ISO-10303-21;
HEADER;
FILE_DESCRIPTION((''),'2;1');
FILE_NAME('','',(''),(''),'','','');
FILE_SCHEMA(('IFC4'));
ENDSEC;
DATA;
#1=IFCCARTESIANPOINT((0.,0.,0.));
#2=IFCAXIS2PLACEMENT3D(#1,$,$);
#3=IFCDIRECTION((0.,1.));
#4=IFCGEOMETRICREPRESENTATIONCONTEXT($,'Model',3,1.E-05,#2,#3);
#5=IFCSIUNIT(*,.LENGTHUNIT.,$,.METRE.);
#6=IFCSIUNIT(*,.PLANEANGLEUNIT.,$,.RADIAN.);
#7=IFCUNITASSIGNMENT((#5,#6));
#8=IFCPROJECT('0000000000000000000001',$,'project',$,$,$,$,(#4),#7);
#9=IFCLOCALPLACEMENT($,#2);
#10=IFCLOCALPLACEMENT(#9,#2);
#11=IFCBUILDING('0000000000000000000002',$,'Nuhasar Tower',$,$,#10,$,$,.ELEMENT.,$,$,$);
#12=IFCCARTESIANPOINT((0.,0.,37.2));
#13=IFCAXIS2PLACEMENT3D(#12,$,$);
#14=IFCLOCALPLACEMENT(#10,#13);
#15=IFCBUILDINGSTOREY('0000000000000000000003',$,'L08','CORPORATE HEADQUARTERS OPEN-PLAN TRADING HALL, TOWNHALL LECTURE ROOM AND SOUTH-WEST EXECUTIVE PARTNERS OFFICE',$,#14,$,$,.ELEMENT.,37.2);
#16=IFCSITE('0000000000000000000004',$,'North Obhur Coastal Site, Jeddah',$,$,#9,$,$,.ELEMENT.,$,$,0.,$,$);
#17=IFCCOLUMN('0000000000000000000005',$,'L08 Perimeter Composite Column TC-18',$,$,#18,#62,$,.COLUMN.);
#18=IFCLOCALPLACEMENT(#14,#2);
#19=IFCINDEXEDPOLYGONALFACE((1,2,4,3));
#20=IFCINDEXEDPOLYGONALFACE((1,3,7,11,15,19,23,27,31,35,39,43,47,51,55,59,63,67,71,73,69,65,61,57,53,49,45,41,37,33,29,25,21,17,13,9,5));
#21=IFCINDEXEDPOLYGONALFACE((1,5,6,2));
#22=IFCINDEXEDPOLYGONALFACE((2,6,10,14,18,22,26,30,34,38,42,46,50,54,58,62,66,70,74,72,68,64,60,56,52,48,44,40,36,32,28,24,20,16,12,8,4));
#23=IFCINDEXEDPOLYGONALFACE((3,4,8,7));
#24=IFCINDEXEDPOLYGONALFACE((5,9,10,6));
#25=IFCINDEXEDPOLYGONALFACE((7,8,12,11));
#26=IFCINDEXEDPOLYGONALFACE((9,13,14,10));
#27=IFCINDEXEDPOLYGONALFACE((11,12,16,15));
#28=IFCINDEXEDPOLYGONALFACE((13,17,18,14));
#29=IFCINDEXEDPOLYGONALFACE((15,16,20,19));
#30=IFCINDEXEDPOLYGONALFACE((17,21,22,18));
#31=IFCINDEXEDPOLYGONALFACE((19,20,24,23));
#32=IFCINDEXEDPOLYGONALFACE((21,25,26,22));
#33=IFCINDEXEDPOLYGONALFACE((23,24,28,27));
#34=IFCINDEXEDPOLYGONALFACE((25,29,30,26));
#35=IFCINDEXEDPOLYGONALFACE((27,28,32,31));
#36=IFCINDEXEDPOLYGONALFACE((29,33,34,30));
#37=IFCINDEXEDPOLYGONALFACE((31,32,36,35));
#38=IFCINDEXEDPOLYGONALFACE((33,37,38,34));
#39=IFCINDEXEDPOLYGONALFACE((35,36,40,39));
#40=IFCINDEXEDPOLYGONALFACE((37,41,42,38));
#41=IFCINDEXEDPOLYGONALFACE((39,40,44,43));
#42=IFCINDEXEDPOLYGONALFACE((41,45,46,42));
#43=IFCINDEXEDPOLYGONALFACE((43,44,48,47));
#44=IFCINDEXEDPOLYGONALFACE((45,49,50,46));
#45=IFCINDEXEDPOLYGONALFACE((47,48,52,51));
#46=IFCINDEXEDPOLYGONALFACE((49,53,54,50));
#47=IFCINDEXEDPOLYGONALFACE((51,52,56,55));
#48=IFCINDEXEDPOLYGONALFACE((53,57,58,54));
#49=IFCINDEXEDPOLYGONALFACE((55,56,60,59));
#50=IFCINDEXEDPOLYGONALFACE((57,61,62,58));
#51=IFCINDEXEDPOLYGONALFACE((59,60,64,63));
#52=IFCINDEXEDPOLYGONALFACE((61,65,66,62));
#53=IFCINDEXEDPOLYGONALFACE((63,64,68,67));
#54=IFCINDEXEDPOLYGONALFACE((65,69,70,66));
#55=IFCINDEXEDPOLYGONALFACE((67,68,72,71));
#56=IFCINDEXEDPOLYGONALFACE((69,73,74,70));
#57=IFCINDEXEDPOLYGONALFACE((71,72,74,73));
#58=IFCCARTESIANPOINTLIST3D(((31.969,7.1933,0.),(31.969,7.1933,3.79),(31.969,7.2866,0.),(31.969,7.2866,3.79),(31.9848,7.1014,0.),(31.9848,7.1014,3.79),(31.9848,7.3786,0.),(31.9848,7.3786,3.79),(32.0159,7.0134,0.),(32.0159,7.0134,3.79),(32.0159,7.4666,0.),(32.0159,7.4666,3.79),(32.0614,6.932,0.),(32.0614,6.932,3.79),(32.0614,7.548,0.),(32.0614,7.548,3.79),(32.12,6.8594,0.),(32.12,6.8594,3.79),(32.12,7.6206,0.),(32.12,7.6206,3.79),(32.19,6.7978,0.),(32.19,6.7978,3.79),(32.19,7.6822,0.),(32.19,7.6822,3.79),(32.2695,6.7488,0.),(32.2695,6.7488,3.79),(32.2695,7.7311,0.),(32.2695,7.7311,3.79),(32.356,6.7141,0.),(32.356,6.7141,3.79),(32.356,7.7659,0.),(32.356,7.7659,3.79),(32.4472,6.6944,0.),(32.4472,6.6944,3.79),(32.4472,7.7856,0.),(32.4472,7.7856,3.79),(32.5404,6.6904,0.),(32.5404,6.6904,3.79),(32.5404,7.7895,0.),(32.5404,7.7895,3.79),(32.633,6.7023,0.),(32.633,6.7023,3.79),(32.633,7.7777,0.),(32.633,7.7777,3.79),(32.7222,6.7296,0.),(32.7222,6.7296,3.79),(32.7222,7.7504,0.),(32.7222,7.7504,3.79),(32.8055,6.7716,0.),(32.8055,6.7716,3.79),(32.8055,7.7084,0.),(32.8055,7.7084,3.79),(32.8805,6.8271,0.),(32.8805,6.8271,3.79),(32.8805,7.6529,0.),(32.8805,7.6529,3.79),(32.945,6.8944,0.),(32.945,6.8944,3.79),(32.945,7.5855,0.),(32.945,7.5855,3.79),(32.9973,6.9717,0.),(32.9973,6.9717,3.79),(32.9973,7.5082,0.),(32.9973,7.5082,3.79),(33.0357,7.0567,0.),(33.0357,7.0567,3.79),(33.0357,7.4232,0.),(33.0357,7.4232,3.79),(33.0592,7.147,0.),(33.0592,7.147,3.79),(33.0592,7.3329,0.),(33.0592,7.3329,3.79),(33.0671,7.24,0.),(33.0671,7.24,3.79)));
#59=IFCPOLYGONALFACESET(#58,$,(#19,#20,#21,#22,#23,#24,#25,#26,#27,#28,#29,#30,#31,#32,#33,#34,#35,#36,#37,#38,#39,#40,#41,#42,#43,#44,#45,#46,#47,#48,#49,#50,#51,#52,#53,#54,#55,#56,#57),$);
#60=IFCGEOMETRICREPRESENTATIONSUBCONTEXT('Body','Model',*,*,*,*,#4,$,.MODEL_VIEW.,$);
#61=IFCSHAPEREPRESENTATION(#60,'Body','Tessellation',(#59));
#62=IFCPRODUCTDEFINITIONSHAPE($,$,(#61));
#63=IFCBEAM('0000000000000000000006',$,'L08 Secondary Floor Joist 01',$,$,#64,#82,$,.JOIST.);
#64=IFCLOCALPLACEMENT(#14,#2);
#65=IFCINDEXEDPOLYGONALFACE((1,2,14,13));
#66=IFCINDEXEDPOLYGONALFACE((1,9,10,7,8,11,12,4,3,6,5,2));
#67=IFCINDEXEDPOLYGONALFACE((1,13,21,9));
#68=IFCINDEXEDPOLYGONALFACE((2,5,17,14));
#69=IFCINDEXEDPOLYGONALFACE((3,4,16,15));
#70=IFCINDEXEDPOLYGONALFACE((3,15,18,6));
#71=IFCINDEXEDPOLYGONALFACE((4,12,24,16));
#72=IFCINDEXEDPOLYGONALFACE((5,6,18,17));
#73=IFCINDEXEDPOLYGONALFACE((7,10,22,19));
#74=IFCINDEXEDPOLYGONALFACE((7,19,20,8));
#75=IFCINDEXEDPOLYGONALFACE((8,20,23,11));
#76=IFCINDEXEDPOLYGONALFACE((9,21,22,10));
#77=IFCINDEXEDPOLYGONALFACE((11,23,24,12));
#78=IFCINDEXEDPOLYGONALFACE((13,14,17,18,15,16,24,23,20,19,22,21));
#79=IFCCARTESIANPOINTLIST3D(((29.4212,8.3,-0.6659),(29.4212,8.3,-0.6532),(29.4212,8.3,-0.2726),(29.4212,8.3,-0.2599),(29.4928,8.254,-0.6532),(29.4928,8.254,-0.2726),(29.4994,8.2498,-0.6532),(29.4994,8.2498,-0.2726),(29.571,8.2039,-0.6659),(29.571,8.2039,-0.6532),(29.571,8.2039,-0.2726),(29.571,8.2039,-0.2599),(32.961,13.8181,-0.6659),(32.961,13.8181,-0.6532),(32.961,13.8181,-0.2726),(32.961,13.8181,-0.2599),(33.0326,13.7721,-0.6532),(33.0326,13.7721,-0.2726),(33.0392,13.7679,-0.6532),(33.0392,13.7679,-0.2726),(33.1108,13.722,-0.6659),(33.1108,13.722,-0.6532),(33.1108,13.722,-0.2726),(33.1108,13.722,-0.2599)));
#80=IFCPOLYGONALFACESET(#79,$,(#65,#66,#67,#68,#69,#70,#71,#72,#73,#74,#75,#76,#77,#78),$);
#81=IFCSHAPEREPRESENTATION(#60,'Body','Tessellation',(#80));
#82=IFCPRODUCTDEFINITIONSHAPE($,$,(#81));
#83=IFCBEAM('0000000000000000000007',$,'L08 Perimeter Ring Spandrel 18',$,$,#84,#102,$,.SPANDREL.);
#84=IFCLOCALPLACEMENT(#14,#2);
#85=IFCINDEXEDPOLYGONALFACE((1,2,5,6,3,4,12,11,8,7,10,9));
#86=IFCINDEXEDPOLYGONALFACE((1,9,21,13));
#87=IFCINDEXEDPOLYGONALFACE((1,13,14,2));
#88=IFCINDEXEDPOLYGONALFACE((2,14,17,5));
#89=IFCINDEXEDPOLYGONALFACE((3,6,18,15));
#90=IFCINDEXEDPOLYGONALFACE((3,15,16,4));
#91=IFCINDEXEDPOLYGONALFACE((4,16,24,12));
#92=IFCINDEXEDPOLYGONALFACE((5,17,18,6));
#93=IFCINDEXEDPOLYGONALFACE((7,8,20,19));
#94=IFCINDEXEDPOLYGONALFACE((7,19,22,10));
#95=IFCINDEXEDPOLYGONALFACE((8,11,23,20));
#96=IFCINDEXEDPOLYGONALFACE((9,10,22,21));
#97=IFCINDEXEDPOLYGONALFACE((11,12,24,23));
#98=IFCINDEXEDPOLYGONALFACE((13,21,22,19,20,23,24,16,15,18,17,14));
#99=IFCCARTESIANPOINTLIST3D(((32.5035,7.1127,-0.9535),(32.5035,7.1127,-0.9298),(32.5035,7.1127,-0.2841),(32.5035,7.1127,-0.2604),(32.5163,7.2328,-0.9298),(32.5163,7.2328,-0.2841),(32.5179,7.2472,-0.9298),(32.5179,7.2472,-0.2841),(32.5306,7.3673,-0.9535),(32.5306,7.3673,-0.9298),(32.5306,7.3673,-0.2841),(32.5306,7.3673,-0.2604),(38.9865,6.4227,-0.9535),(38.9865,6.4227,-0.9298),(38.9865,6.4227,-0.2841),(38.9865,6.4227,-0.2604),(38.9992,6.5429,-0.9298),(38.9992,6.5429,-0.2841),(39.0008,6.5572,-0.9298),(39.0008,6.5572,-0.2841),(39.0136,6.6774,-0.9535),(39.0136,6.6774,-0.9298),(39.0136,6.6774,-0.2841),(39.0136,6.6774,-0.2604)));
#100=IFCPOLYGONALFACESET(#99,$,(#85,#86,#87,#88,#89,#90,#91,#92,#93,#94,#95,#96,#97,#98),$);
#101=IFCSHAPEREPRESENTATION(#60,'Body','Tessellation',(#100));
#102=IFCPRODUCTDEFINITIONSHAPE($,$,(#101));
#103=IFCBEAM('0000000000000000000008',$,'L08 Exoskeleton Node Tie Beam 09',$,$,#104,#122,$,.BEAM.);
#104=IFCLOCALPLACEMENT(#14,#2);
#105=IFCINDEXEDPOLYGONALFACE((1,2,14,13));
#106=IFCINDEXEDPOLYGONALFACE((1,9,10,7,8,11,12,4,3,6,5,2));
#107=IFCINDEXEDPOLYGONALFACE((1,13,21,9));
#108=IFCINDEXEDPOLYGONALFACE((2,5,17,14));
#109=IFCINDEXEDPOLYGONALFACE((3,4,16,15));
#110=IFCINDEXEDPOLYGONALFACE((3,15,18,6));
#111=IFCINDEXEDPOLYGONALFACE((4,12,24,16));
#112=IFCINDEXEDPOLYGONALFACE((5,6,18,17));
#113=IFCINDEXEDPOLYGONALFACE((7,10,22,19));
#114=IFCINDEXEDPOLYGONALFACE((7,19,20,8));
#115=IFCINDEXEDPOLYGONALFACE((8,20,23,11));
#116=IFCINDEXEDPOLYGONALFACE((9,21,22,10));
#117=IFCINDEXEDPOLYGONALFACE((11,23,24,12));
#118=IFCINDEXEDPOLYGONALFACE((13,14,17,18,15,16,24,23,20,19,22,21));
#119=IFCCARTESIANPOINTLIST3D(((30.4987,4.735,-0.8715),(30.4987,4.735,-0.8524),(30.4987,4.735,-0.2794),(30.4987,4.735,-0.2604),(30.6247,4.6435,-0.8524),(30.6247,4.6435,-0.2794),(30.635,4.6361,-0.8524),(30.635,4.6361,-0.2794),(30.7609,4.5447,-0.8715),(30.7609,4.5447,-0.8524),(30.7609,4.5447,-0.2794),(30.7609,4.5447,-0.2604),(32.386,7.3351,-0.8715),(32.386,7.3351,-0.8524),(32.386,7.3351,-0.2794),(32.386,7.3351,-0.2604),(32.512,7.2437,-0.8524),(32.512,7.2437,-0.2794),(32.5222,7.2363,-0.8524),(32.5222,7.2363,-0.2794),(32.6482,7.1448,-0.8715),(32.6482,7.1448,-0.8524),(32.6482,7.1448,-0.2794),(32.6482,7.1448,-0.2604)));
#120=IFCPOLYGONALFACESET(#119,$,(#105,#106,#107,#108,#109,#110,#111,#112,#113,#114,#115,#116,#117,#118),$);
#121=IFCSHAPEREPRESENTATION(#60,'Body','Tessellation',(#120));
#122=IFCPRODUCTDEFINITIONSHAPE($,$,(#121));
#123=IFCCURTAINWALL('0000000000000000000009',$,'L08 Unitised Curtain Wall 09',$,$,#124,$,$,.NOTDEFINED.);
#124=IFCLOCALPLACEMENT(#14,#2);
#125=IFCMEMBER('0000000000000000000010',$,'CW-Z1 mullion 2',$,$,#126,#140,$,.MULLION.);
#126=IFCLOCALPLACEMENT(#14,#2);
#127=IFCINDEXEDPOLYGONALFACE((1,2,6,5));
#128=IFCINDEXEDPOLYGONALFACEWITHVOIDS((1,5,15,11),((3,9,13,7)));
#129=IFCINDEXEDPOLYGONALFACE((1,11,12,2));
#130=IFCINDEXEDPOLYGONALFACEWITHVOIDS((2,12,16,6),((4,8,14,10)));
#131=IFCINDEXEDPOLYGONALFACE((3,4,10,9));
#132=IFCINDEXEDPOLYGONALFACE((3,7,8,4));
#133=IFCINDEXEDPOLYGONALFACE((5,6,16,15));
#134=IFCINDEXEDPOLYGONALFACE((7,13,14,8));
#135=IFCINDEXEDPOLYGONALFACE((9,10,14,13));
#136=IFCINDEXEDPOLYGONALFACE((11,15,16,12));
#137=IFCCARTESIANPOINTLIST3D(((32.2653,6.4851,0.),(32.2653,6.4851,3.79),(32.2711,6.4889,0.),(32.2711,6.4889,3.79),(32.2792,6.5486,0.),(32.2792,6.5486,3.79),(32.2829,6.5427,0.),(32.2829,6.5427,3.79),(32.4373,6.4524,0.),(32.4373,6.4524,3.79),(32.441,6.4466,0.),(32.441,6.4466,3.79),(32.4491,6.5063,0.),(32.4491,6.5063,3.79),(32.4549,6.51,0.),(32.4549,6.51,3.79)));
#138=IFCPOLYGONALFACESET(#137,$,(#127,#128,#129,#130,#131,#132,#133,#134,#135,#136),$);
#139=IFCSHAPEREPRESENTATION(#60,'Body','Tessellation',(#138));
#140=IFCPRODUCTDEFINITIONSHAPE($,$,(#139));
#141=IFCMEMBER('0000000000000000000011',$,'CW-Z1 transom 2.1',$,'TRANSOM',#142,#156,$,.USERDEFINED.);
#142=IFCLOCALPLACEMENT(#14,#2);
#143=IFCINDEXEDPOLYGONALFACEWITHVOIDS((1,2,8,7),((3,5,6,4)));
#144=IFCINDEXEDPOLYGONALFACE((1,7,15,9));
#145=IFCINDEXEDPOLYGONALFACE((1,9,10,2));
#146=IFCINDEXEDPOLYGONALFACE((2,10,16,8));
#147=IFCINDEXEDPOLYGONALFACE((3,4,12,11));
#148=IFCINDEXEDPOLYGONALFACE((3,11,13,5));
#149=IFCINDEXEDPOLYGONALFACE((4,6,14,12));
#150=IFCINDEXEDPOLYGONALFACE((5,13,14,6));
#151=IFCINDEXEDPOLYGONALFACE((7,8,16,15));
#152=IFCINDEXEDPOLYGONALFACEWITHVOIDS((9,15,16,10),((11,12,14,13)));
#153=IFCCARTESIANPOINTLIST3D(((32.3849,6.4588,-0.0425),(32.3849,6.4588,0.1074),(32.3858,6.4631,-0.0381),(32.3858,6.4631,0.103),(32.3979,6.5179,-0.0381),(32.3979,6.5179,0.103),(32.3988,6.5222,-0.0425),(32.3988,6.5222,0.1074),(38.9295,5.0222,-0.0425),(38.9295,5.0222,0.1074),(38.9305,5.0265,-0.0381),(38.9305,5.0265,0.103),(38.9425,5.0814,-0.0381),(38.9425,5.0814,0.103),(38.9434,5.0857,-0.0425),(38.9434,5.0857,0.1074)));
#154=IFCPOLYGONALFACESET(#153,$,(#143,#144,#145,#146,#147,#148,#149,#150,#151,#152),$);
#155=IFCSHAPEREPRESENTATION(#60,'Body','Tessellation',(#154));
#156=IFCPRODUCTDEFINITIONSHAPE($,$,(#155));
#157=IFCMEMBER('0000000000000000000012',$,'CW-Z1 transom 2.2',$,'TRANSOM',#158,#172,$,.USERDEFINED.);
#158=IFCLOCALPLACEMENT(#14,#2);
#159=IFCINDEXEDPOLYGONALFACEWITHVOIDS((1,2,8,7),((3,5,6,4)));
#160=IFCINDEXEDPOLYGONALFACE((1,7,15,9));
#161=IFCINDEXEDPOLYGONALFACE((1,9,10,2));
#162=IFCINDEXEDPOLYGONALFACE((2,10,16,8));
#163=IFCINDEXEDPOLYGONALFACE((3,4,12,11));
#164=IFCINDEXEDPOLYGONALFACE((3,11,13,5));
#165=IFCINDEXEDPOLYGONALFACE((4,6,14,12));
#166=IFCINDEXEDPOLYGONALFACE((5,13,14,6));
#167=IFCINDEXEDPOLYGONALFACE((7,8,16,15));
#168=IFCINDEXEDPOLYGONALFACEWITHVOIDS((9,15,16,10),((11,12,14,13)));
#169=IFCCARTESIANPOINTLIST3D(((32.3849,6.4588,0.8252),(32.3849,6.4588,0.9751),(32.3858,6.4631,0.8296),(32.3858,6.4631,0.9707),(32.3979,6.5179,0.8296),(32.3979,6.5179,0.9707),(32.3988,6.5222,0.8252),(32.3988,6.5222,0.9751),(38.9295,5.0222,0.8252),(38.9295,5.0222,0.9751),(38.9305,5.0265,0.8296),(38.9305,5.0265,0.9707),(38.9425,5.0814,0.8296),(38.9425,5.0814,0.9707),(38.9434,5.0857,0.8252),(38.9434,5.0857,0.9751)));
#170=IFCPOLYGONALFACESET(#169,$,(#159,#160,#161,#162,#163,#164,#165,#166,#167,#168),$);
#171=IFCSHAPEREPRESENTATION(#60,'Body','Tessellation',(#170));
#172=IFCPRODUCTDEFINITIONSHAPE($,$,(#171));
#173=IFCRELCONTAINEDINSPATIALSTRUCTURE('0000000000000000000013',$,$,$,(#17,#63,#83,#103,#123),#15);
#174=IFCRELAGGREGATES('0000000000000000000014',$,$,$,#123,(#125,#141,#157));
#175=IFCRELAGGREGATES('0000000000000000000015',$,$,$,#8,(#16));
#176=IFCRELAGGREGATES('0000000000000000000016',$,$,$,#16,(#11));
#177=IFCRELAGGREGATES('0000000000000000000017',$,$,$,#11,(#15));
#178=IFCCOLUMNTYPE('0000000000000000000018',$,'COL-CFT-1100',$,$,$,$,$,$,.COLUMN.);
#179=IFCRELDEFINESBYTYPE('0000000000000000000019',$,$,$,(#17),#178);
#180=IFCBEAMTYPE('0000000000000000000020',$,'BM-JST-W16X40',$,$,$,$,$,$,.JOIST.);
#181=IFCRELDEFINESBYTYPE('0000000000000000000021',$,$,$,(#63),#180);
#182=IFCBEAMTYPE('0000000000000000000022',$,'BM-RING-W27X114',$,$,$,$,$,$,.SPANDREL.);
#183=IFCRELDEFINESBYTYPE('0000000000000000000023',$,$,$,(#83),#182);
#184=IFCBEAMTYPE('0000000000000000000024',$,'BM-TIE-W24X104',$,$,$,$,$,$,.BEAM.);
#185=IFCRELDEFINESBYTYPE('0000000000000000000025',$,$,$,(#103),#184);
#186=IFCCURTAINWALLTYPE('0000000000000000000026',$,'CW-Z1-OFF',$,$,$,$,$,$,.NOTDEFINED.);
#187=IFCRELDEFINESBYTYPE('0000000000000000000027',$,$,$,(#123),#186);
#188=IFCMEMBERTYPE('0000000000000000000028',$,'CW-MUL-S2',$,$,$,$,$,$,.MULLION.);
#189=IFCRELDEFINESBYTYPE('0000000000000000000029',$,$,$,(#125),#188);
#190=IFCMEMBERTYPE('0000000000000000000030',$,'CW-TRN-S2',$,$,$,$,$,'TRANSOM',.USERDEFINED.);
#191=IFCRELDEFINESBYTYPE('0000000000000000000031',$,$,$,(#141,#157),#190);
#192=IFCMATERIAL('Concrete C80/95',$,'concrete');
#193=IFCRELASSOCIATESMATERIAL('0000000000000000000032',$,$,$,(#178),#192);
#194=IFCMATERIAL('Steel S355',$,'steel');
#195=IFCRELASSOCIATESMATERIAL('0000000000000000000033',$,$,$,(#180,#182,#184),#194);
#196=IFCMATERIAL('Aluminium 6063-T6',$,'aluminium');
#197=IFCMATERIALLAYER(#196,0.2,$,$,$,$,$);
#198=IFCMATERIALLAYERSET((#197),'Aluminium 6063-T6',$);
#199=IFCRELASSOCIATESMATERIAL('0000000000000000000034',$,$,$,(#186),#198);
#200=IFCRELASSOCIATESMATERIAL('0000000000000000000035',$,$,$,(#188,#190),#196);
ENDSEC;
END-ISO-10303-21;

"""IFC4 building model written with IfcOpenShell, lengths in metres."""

from ifc_helpers import new_model, si_unit, direction, frame, origin, origin_2d, place, context, subcontext, project, spatial, hollow_rectangle, circle, i_section, extrude, material, layer, layer_set, material_profile, profile_set, type_object, element, aggregate, save


model = new_model("IFC4")

# Units and contexts
model_context = context("Model", 3, precision=1e-05, world=origin(), true_north=direction((0.0, 1.0)))
body_context = subcontext(model_context, "Body", "Model", "MODEL_VIEW")
ifc_project = project(units=[si_unit("LENGTHUNIT", "METRE"), si_unit("PLANEANGLEUNIT", "RADIAN")], contexts=[model_context])

# Site, building, storey
site_placement = place(None, origin())
site = spatial("IfcSite", under=ifc_project, at=site_placement, Name="North Obhur Coastal Site, Jeddah", CompositionType="ELEMENT", RefElevation=0.0)
building_placement = place(site_placement, origin())
building = spatial("IfcBuilding", under=site, at=building_placement, Name="Nuhasar Tower", CompositionType="ELEMENT")
storey_placement = place(building_placement, frame((0.0, 0.0, 37.2)))
storey = spatial("IfcBuildingStorey", under=building, at=storey_placement, Name="L08", Description="CORPORATE HEADQUARTERS OPEN-PLAN TRADING HALL, TOWNHALL LECTURE ROOM AND SOUTH-WEST EXECUTIVE PARTNERS OFFICE", CompositionType="ELEMENT", Elevation=37.2)

# Column
ifc_material_1 = material(Name="Concrete C80/95", Category="concrete")
ifc_material_profile_1 = material_profile(ifc_material_1, circle(Radius=0.55, at=origin_2d()), Name="CFT1100")
ifc_profile_set_1 = profile_set([ifc_material_profile_1], Name="Concrete C80/95")
column_type = type_object("IfcColumnType", Name="COL-CFT-1100", PredefinedType="COLUMN", material=ifc_profile_set_1)
column_placement = place(storey_placement, frame((32.5171, 7.24, 0.0), z_axis=(0.0, 0.0, 1.0), x_axis=(1.0, 0.0, 0.0)))
element("IfcColumn", 1, at=column_placement, inside=storey, type_object=column_type, Name="L08 Perimeter Composite Column TC-18", PredefinedType="COLUMN", context=body_context, shape_type="SweptSolid", body=[
    extrude(circle(Radius=0.55, at=origin_2d()), origin(), (0.0, 0.0, 1.0), 3.79),
])

# Beams
ifc_material_2 = material(Name="Steel S355", Category="steel")
ifc_material_profile_2 = material_profile(ifc_material_2, i_section(OverallWidth=0.178, OverallDepth=0.406, WebThickness=0.0078, FlangeThickness=0.0127, at=origin_2d()), Name="W16X40")
ifc_profile_set_2 = profile_set([ifc_material_profile_2], Name="Steel S355")
beam_type_1 = type_object("IfcBeamType", Name="BM-JST-W16X40", PredefinedType="JOIST", material=ifc_profile_set_2)
beam_1_placement = place(storey_placement, frame((33.0359, 13.77, -0.4629), z_axis=(-0.539944, -0.841701, 0.0), x_axis=(0.841701, -0.539944, 0.0)))
element("IfcBeam", 2, at=beam_1_placement, inside=storey, type_object=beam_type_1, Name="L08 Secondary Floor Joist 01", PredefinedType="JOIST", context=body_context, shape_type="SweptSolid", body=[
    extrude(i_section(OverallWidth=0.178, OverallDepth=0.406, WebThickness=0.0078, FlangeThickness=0.0127, at=origin_2d()), origin(), (0.0, 0.0, 1.0), 6.5559),
])
ifc_material_profile_3 = material_profile(ifc_material_2, i_section(OverallWidth=0.2561, OverallDepth=0.6931, WebThickness=0.0144, FlangeThickness=0.0237, at=origin_2d()), Name="W27X114")
ifc_profile_set_3 = profile_set([ifc_material_profile_3], Name="Steel S355")
beam_type_2 = type_object("IfcBeamType", Name="BM-RING-W27X114", PredefinedType="SPANDREL", material=ifc_profile_set_3)
beam_2_placement = place(storey_placement, frame((32.5171, 7.24, -0.6069), z_axis=(0.994385, -0.105827, 0.0), x_axis=(0.105827, 0.994385, 0.0)))
element("IfcBeam", 3, at=beam_2_placement, inside=storey, type_object=beam_type_2, Name="L08 Perimeter Ring Spandrel 18", PredefinedType="SPANDREL", context=body_context, shape_type="SweptSolid", body=[
    extrude(i_section(OverallWidth=0.2561, OverallDepth=0.6931, WebThickness=0.0144, FlangeThickness=0.0237, at=origin_2d()), origin(), (0.0, 0.0, 1.0), 6.5195),
])
ifc_material_profile_4 = material_profile(ifc_material_2, i_section(OverallWidth=0.324, OverallDepth=0.6111, WebThickness=0.0127, FlangeThickness=0.019, at=origin_2d()), Name="W24X104")
ifc_profile_set_4 = profile_set([ifc_material_profile_4], Name="Steel S355")
beam_type_3 = type_object("IfcBeamType", Name="BM-TIE-W24X104", PredefinedType="BEAM", material=ifc_profile_set_4)
beam_3_placement = place(storey_placement, frame((32.5171, 7.24, -0.5659), z_axis=(-0.587403, -0.809294, 0.0), x_axis=(0.809294, -0.587403, 0.0)))
element("IfcBeam", 4, at=beam_3_placement, inside=storey, type_object=beam_type_3, Name="L08 Exoskeleton Node Tie Beam 09", PredefinedType="BEAM", context=body_context, shape_type="SweptSolid", body=[
    extrude(i_section(OverallWidth=0.324, OverallDepth=0.6111, WebThickness=0.0127, FlangeThickness=0.019, at=origin_2d()), origin(), (0.0, 0.0, 1.0), 3.2129),
])

# Curtain wall, members
ifc_material_3 = material(Name="Aluminium 6063-T6", Category="aluminium")
ifc_layer_1 = layer(ifc_material_3, 0.2)
ifc_layer_set_1 = layer_set([ifc_layer_1], Name="Aluminium 6063-T6")
curtain_wall_type = type_object("IfcCurtainWallType", Name="CW-Z1-OFF", PredefinedType="NOTDEFINED", material=ifc_layer_set_1)
curtain_wall_placement = place(storey_placement, origin())
curtain_wall = element("IfcCurtainWall", 5, at=curtain_wall_placement, inside=storey, type_object=curtain_wall_type, Name="L08 Unitised Curtain Wall 09", PredefinedType="NOTDEFINED")
ifc_material_profile_5 = material_profile(ifc_material_3, hollow_rectangle(XDim=0.0649, YDim=0.1799, WallThickness=0.0049, at=origin_2d()), Name="CWM-2")
ifc_profile_set_5 = profile_set([ifc_material_profile_5], Name="Aluminium 6063-T6")
member_type_1 = type_object("IfcMemberType", Name="CW-MUL-S2", PredefinedType="MULLION", material=ifc_profile_set_5)
member_1_placement = place(storey_placement, frame((32.3601, 6.4976, 0.0), z_axis=(0.0, 0.0, 1.0), x_axis=(0.214399, 0.976746, 0.0)))
member_1 = element("IfcMember", 6, at=member_1_placement, type_object=member_type_1, Name="CW-Z1 mullion 2", PredefinedType="MULLION", context=body_context, shape_type="SweptSolid", body=[
    extrude(hollow_rectangle(XDim=0.0649, YDim=0.1799, WallThickness=0.0049, at=origin_2d()), origin(), (0.0, 0.0, 1.0), 3.79),
])
ifc_material_profile_6 = material_profile(ifc_material_3, hollow_rectangle(XDim=0.0649, YDim=0.1499, WallThickness=0.0044, at=origin_2d()), Name="CWT-2")
ifc_profile_set_6 = profile_set([ifc_material_profile_6], Name="Aluminium 6063-T6")
member_type_2 = type_object("IfcMemberType", Name="CW-TRN-S2", ElementType="TRANSOM", PredefinedType="USERDEFINED", material=ifc_profile_set_6)
member_2_placement = place(storey_placement, frame((32.3918, 6.4905, 0.0325), z_axis=(0.976748, -0.214391, 0.0), x_axis=(0.214391, 0.976748, 0.0)))
member_2 = element("IfcMember", 7, at=member_2_placement, type_object=member_type_2, Name="CW-Z1 transom 2.1", ObjectType="TRANSOM", PredefinedType="USERDEFINED", context=body_context, shape_type="SweptSolid", body=[
    extrude(hollow_rectangle(XDim=0.0649, YDim=0.1499, WallThickness=0.0044, at=origin_2d()), origin(), (0.0, 0.0, 1.0), 6.7004),
])
member_3_placement = place(storey_placement, frame((32.3918, 6.4905, 0.9001), z_axis=(0.976748, -0.214391, 0.0), x_axis=(0.214391, 0.976748, 0.0)))
member_3 = element("IfcMember", 8, at=member_3_placement, type_object=member_type_2, Name="CW-Z1 transom 2.2", ObjectType="TRANSOM", PredefinedType="USERDEFINED", context=body_context, shape_type="SweptSolid", body=[
    extrude(hollow_rectangle(XDim=0.0649, YDim=0.1499, WallThickness=0.0044, at=origin_2d()), origin(), (0.0, 0.0, 1.0), 6.7004),
])

aggregate(curtain_wall, [member_1, member_2, member_3])

save(model, "model.ifc")
